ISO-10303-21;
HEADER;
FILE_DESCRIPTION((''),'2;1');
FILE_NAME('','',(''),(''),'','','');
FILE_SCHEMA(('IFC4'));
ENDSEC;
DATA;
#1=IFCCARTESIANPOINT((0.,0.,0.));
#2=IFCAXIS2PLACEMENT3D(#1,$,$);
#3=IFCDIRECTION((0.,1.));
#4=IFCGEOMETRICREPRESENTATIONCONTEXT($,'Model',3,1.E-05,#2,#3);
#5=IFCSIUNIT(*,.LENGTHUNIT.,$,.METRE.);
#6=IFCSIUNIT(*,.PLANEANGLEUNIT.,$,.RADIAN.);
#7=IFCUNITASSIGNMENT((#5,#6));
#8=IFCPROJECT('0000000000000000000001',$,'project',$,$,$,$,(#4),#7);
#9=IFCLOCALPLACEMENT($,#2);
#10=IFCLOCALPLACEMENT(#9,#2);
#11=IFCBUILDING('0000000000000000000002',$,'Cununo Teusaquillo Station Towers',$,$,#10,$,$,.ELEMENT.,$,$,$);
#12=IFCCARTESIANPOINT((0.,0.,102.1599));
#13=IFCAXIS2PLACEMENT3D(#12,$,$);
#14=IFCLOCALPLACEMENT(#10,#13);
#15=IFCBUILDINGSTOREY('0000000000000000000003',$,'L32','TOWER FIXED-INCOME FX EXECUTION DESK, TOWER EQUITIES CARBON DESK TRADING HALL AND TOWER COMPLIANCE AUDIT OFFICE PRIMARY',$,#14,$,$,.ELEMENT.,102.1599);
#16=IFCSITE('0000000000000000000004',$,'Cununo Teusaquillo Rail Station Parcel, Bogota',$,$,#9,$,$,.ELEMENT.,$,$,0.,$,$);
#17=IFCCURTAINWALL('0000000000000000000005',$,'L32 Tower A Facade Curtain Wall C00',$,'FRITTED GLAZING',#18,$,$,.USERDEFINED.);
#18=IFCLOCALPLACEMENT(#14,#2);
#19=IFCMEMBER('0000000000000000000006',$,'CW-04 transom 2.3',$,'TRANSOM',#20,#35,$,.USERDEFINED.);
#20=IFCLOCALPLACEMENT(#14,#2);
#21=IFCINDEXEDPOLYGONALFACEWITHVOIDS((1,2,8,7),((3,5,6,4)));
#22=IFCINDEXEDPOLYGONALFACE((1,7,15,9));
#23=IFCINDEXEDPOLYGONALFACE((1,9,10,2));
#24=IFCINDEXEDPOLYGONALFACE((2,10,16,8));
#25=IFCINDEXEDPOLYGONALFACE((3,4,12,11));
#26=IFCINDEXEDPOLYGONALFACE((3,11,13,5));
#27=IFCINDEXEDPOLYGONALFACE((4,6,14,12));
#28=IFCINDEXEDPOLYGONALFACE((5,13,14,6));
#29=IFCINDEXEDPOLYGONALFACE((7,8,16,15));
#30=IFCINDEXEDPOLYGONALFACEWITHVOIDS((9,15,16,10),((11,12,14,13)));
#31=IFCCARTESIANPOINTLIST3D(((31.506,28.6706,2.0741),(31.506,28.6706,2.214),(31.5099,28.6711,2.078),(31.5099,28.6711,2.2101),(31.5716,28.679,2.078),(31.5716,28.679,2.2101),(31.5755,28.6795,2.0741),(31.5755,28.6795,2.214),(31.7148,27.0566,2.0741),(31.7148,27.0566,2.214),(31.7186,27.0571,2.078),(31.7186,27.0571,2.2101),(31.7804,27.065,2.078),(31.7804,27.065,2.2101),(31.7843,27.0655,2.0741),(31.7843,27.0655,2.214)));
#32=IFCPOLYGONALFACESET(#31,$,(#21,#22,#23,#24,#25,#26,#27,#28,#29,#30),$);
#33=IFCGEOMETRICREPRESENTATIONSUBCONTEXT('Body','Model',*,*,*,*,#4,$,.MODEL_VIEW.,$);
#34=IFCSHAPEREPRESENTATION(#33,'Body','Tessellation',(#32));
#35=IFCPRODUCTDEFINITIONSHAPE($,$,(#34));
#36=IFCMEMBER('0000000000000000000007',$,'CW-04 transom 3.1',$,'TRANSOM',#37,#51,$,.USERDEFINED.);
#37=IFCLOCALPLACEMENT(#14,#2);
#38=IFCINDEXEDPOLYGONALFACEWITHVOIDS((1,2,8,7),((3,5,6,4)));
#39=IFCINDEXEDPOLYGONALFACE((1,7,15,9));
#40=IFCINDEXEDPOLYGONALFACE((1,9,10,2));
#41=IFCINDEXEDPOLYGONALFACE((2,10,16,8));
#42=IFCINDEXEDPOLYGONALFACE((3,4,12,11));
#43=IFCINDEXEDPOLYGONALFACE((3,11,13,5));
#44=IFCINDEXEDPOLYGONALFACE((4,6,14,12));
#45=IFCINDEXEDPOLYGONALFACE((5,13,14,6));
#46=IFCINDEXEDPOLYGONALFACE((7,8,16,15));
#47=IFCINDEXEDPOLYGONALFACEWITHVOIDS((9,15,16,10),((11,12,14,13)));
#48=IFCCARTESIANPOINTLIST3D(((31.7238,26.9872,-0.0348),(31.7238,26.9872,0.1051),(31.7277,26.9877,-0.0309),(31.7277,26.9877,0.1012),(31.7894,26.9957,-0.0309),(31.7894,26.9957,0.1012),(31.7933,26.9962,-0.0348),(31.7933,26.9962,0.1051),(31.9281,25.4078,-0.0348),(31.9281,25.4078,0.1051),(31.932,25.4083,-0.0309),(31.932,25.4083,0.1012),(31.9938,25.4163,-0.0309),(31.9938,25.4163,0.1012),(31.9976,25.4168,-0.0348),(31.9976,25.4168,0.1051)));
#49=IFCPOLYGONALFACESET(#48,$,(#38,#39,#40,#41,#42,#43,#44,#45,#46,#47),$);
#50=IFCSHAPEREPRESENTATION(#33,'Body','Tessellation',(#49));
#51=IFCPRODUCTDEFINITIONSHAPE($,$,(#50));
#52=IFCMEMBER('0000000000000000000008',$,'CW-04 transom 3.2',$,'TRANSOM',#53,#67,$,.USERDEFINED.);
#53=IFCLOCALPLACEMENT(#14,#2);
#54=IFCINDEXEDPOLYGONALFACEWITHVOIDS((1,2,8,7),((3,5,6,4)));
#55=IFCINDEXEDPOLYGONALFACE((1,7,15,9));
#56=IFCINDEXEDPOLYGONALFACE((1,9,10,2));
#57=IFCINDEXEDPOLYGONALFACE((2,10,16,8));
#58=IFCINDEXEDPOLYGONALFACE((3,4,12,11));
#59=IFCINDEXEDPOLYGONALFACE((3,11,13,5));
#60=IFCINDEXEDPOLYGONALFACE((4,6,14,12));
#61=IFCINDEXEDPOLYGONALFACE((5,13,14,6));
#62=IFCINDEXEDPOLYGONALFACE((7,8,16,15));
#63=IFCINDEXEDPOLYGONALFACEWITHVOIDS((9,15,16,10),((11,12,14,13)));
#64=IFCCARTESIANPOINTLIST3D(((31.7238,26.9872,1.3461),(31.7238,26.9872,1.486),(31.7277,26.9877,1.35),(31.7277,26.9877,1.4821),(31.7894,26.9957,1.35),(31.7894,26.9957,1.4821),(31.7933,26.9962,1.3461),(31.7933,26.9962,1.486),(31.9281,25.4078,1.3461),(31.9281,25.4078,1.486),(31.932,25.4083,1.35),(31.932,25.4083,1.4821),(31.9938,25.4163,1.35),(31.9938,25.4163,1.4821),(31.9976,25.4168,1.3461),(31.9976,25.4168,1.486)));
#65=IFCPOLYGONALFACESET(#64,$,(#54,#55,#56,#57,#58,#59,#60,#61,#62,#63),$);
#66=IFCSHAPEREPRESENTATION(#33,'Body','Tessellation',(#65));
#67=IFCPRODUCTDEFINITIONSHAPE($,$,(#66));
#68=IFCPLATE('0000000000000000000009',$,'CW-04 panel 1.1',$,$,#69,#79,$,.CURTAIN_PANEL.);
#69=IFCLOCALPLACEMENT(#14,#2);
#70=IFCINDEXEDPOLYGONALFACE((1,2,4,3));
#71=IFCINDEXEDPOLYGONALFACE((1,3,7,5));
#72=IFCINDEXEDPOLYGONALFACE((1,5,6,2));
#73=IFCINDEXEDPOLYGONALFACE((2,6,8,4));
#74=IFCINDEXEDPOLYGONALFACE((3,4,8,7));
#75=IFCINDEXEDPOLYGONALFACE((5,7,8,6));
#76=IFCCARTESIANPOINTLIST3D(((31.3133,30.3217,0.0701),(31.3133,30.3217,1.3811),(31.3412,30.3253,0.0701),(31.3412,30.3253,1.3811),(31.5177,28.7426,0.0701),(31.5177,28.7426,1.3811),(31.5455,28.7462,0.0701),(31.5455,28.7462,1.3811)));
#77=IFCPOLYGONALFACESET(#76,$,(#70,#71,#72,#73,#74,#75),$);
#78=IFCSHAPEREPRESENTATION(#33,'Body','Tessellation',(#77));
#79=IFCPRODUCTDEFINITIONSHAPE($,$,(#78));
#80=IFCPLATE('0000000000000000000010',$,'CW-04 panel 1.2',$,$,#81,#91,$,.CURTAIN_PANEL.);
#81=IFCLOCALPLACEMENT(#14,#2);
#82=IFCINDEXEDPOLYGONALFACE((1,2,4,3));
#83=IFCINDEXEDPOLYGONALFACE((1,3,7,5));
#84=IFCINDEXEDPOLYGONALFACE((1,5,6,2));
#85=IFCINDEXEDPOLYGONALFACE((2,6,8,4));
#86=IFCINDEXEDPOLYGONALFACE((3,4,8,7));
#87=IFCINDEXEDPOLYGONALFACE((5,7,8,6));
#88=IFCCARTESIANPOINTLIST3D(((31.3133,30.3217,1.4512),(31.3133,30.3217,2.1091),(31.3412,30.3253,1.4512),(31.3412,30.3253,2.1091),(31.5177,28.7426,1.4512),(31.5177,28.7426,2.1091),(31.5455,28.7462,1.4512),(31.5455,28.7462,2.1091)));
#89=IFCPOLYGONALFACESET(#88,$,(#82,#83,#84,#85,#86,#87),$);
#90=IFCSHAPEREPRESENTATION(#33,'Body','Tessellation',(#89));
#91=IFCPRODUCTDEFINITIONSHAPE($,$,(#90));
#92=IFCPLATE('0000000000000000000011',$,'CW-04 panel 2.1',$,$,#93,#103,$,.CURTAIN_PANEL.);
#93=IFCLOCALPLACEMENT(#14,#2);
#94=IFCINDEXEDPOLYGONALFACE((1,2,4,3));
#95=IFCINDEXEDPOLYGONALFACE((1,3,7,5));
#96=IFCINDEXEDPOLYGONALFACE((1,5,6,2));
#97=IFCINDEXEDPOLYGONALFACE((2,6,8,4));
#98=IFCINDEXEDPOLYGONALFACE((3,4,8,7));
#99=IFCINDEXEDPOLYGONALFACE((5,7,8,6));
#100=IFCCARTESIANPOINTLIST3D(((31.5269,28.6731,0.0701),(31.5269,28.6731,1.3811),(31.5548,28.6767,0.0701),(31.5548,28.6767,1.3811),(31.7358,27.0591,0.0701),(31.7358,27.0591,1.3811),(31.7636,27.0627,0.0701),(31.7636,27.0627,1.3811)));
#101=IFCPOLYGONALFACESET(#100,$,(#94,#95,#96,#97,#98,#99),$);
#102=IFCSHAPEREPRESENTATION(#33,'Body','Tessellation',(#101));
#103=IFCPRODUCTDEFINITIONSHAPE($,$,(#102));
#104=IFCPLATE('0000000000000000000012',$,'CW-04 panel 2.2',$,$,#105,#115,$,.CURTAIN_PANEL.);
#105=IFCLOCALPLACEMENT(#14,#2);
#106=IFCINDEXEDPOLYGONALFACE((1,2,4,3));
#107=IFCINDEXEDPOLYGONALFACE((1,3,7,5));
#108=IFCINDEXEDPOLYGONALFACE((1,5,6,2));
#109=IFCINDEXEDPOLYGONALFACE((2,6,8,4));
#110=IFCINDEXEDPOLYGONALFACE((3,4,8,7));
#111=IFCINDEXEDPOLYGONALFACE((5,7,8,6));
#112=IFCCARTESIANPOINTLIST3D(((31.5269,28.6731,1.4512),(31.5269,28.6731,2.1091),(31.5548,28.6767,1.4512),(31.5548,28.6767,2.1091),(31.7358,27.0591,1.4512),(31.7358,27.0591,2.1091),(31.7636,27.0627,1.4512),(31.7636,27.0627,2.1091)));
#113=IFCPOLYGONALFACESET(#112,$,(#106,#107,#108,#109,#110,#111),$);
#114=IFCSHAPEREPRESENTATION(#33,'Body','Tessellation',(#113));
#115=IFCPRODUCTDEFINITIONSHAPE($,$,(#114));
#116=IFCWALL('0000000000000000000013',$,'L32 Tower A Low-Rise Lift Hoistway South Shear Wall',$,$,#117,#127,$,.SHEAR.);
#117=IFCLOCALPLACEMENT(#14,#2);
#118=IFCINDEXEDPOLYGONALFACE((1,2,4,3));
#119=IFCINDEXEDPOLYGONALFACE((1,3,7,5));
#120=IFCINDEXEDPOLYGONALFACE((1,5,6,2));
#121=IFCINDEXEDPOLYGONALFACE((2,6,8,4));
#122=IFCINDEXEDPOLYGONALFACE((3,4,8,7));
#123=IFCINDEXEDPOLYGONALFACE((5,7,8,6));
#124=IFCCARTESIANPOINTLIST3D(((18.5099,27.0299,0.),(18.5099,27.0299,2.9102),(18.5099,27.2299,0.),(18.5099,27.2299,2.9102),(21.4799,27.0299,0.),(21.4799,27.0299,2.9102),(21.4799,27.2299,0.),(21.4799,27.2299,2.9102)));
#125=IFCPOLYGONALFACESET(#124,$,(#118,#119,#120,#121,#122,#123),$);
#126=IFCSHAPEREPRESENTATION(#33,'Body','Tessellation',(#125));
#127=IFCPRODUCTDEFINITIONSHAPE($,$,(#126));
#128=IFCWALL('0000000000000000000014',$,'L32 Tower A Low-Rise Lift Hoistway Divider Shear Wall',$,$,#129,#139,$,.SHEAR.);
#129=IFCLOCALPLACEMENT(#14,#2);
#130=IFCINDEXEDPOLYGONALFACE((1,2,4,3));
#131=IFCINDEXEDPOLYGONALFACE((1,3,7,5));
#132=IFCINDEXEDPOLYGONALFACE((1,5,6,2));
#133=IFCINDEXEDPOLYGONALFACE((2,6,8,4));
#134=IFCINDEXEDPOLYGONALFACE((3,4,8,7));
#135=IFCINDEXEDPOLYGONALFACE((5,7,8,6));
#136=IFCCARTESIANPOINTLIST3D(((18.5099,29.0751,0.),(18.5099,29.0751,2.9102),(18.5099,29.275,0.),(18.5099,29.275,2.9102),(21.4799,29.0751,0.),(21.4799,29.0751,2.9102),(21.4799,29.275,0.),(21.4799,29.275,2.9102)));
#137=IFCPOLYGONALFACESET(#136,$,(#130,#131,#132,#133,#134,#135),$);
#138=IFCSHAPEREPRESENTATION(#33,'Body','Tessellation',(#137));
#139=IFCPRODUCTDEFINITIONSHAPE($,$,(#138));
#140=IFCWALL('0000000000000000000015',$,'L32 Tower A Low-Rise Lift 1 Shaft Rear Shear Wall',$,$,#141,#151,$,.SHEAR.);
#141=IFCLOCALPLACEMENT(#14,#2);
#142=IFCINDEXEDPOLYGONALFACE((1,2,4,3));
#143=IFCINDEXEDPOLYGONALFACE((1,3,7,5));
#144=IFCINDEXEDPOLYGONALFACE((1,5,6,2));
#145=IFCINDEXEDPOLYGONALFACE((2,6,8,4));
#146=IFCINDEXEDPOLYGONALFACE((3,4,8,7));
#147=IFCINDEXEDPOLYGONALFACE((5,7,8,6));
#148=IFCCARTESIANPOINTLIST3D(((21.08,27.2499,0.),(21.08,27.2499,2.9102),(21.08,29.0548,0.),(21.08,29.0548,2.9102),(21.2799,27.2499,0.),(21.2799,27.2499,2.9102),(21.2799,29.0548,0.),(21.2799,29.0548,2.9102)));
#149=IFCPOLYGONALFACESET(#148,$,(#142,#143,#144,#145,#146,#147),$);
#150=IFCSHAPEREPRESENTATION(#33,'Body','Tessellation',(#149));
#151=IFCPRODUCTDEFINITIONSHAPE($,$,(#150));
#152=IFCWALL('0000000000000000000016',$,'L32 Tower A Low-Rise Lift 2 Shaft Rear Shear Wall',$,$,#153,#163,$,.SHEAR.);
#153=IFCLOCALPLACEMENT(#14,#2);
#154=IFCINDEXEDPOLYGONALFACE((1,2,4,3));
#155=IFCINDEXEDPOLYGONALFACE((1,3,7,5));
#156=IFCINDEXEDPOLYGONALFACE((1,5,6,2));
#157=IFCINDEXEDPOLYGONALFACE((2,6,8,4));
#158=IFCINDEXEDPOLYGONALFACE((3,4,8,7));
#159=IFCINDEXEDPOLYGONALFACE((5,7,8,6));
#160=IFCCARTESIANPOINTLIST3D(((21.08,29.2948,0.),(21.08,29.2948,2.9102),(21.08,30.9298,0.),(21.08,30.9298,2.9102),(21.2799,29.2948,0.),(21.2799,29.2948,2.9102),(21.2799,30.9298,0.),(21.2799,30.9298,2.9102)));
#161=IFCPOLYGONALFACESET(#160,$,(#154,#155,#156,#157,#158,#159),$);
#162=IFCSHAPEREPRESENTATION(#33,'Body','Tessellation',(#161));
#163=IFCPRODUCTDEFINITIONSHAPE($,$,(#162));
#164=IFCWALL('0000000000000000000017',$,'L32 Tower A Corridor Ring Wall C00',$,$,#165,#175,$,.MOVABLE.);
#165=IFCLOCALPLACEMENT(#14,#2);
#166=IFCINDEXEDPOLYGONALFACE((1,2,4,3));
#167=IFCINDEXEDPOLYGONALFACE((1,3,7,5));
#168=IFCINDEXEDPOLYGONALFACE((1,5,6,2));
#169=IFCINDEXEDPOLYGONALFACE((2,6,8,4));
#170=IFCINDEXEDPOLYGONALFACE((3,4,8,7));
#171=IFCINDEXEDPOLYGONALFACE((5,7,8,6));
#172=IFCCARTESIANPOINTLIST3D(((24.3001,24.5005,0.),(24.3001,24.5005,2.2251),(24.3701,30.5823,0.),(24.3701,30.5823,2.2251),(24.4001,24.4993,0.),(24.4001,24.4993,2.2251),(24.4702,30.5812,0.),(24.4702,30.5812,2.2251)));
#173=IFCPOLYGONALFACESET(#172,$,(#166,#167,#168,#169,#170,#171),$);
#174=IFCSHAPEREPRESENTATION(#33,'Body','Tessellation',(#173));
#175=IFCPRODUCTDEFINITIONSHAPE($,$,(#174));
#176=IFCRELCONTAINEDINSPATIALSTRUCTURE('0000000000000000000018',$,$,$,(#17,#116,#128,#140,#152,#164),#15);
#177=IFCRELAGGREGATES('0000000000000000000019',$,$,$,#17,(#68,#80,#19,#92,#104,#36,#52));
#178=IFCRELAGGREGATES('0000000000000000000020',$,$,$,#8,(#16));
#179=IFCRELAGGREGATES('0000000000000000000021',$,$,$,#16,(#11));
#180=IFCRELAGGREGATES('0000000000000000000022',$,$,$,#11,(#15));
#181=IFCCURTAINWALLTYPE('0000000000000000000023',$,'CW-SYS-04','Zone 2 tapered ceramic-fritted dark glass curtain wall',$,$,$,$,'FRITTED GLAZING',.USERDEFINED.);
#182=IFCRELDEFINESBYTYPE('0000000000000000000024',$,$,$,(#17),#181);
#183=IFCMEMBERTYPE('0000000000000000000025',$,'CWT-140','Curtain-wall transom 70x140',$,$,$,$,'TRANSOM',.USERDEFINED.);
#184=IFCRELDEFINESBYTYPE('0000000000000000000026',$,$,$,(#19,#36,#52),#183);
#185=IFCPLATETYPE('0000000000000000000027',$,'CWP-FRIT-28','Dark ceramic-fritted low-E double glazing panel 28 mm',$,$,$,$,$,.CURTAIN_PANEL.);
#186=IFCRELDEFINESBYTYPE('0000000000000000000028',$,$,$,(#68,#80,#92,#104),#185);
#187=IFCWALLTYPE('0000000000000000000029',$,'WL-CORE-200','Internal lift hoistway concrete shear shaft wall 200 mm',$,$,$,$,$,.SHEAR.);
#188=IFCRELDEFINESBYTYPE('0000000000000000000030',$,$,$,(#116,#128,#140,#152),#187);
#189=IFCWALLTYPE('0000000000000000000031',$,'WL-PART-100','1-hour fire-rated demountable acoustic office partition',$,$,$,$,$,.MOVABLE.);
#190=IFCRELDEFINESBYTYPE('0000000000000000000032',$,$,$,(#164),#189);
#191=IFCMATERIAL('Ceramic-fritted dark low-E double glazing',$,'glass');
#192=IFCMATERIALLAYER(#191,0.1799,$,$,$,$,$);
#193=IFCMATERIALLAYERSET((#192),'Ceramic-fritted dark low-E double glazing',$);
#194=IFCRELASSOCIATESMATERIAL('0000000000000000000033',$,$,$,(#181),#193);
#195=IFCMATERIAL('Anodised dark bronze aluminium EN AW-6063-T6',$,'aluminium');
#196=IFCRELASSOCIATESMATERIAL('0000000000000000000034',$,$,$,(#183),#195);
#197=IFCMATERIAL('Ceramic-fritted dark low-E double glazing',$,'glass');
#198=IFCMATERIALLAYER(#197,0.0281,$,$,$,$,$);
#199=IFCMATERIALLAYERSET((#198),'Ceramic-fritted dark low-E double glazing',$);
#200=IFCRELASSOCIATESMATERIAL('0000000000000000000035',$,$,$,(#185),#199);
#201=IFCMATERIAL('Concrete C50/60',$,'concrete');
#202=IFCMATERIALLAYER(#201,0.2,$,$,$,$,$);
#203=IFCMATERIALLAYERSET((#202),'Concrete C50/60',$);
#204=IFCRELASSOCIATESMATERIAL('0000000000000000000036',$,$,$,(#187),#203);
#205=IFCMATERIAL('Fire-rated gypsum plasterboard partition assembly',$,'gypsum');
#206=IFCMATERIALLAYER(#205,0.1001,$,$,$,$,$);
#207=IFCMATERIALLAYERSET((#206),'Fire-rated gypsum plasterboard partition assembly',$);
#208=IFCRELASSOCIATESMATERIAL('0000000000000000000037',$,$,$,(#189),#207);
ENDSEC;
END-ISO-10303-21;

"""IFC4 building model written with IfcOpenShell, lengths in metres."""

from ifc_helpers import new_model, si_unit, direction, frame, frame_2d, origin, origin_2d, place, context, subcontext, project, spatial, rectangle, hollow_rectangle, extrude, source, transform, mapped, material, layer, layer_set, material_profile, profile_set, type_object, element, aggregate, save


model = new_model("IFC4")

# Units and contexts
model_context = context("Model", 3, precision=1e-05, world=origin(), true_north=direction((0.0, 1.0)))
body_context = subcontext(model_context, "Body", "Model", "MODEL_VIEW")
ifc_project = project(units=[si_unit("LENGTHUNIT", "METRE"), si_unit("PLANEANGLEUNIT", "RADIAN")], contexts=[model_context])

# Site, building, storey
site_placement = place(None, origin())
site = spatial("IfcSite", under=ifc_project, at=site_placement, Name="Cununo Teusaquillo Rail Station Parcel, Bogota", CompositionType="ELEMENT", RefElevation=0.0)
building_placement = place(site_placement, origin())
building = spatial("IfcBuilding", under=site, at=building_placement, Name="Cununo Teusaquillo Station Towers", CompositionType="ELEMENT")
storey_placement = place(building_placement, frame((0.0, 0.0, 102.1599)))
storey = spatial("IfcBuildingStorey", under=building, at=storey_placement, Name="L32", Description="TOWER FIXED-INCOME FX EXECUTION DESK, TOWER EQUITIES CARBON DESK TRADING HALL AND TOWER COMPLIANCE AUDIT OFFICE PRIMARY", CompositionType="ELEMENT", Elevation=102.1599)

# Curtain wall, members, plates
ifc_material_1 = material(Name="Ceramic-fritted dark low-E double glazing", Category="glass")
ifc_layer_1 = layer(ifc_material_1, 0.1799)
ifc_layer_set_1 = layer_set([ifc_layer_1], Name="Ceramic-fritted dark low-E double glazing")
curtain_wall_type = type_object("IfcCurtainWallType", Name="CW-SYS-04", Description="Zone 2 tapered ceramic-fritted dark glass curtain wall", ElementType="FRITTED GLAZING", PredefinedType="USERDEFINED", material=ifc_layer_set_1)
curtain_wall_placement = place(storey_placement, origin())
curtain_wall = element("IfcCurtainWall", 1, at=curtain_wall_placement, inside=storey, type_object=curtain_wall_type, Name="L32 Tower A Facade Curtain Wall C00", ObjectType="FRITTED GLAZING", PredefinedType="USERDEFINED")
ifc_material_2 = material(Name="Anodised dark bronze aluminium EN AW-6063-T6", Category="aluminium")
ifc_material_profile_1 = material_profile(ifc_material_2, hollow_rectangle(XDim=0.0701, YDim=0.1399, WallThickness=0.0039, at=origin_2d()), Name="CW-TRAN-70x140")
ifc_profile_set_1 = profile_set([ifc_material_profile_1], Name="Anodised dark bronze aluminium EN AW-6063-T6")
member_type_1 = type_object("IfcMemberType", Name="CWT-140", Description="Curtain-wall transom 70x140", ElementType="TRANSOM", PredefinedType="USERDEFINED", material=ifc_profile_set_1)
member_1_placement = place(storey_placement, frame((31.5408, 28.675, 2.144), z_axis=(0.128262, -0.99174, 0.0), x_axis=(0.99174, 0.128262, 0.0)))
member_1 = element("IfcMember", 2, at=member_1_placement, type_object=member_type_1, Name="CW-04 transom 2.3", ObjectType="TRANSOM", PredefinedType="USERDEFINED", context=body_context, shape_type="SweptSolid", body=[
    extrude(hollow_rectangle(XDim=0.0701, YDim=0.1399, WallThickness=0.0039, at=origin_2d()), origin(), (0.0, 0.0, 1.0), 1.6274),
])
member_2_placement = place(storey_placement, frame((31.7585, 26.9917, 0.0352), z_axis=(0.128317, -0.991733, 0.0), x_axis=(0.991733, 0.128317, 0.0)))
member_2 = element("IfcMember", 3, at=member_2_placement, type_object=member_type_1, Name="CW-04 transom 3.1", ObjectType="TRANSOM", PredefinedType="USERDEFINED", context=body_context, shape_type="SweptSolid", body=[
    extrude(hollow_rectangle(XDim=0.0701, YDim=0.1399, WallThickness=0.0039, at=origin_2d()), origin(), (0.0, 0.0, 1.0), 1.5925),
])
member_3_placement = place(storey_placement, frame((31.7585, 26.9917, 1.416), z_axis=(0.128317, -0.991733, 0.0), x_axis=(0.991733, 0.128317, 0.0)))
member_3 = element("IfcMember", 4, at=member_3_placement, type_object=member_type_1, Name="CW-04 transom 3.2", ObjectType="TRANSOM", PredefinedType="USERDEFINED", context=body_context, shape_type="SweptSolid", body=[
    extrude(hollow_rectangle(XDim=0.0701, YDim=0.1399, WallThickness=0.0039, at=origin_2d()), origin(), (0.0, 0.0, 1.0), 1.5925),
])
ifc_material_3 = material(Name="Ceramic-fritted dark low-E double glazing", Category="glass")
ifc_layer_2 = layer(ifc_material_3, 0.0281)
ifc_layer_set_2 = layer_set([ifc_layer_2], Name="Ceramic-fritted dark low-E double glazing")
plate_type = type_object("IfcPlateType", Name="CWP-FRIT-28", Description="Dark ceramic-fritted low-E double glazing panel 28 mm", PredefinedType="CURTAIN_PANEL", material=ifc_layer_set_2)
shared_shape_1 = source(origin(), body_context, "Body", "SweptSolid", [
    extrude(rectangle(XDim=1.5923, YDim=0.0281, at=origin_2d()), origin(), (0.0, 0.0, 1.0), 1.311),
])
plate_1_placement = place(storey_placement, frame((31.4294, 29.5339, 0.0701), z_axis=(0.0, 0.0, 1.0), x_axis=(0.128336, -0.991731, 0.0)))
plate_1 = element("IfcPlate", 5, at=plate_1_placement, type_object=plate_type, Name="CW-04 panel 1.1", PredefinedType="CURTAIN_PANEL", context=body_context, shape_type="MappedRepresentation", body=[
    mapped(shared_shape_1, transform((0.0, 0.0, 0.0), x_axis=(1.0, 0.0, 0.0), y_axis=(0.0, 1.0, 0.0), z_axis=(0.0, 0.0, 1.0), scale=1.0)),
])
shared_shape_2 = source(origin(), body_context, "Body", "SweptSolid", [
    extrude(rectangle(XDim=1.5923, YDim=0.0281, at=origin_2d()), origin(), (0.0, 0.0, 1.0), 0.658),
])
plate_2_placement = place(storey_placement, frame((31.4294, 29.5339, 1.4512), z_axis=(0.0, 0.0, 1.0), x_axis=(0.128336, -0.991731, 0.0)))
plate_2 = element("IfcPlate", 6, at=plate_2_placement, type_object=plate_type, Name="CW-04 panel 1.2", PredefinedType="CURTAIN_PANEL", context=body_context, shape_type="MappedRepresentation", body=[
    mapped(shared_shape_2, transform((0.0, 0.0, 0.0), x_axis=(1.0, 0.0, 0.0), y_axis=(0.0, 1.0, 0.0), z_axis=(0.0, 0.0, 1.0), scale=1.0)),
])
shared_shape_3 = source(origin(), body_context, "Body", "SweptSolid", [
    extrude(rectangle(XDim=1.6274, YDim=0.0281, at=origin_2d()), origin(), (0.0, 0.0, 1.0), 1.311),
])
plate_3_placement = place(storey_placement, frame((31.6453, 27.8679, 0.0701), z_axis=(0.0, 0.0, 1.0), x_axis=(0.128336, -0.991731, 0.0)))
plate_3 = element("IfcPlate", 7, at=plate_3_placement, type_object=plate_type, Name="CW-04 panel 2.1", PredefinedType="CURTAIN_PANEL", context=body_context, shape_type="MappedRepresentation", body=[
    mapped(shared_shape_3, transform((0.0, 0.0, 0.0), x_axis=(1.0, 0.0, 0.0), y_axis=(0.0, 1.0, 0.0), z_axis=(0.0, 0.0, 1.0), scale=1.0)),
])
shared_shape_4 = source(origin(), body_context, "Body", "SweptSolid", [
    extrude(rectangle(XDim=1.6274, YDim=0.0281, at=origin_2d()), origin(), (0.0, 0.0, 1.0), 0.658),
])
plate_4_placement = place(storey_placement, frame((31.6453, 27.8679, 1.4512), z_axis=(0.0, 0.0, 1.0), x_axis=(0.128336, -0.991731, 0.0)))
plate_4 = element("IfcPlate", 8, at=plate_4_placement, type_object=plate_type, Name="CW-04 panel 2.2", PredefinedType="CURTAIN_PANEL", context=body_context, shape_type="MappedRepresentation", body=[
    mapped(shared_shape_4, transform((0.0, 0.0, 0.0), x_axis=(1.0, 0.0, 0.0), y_axis=(0.0, 1.0, 0.0), z_axis=(0.0, 0.0, 1.0), scale=1.0)),
])
aggregate(curtain_wall, [plate_1, plate_2, member_1, plate_3, plate_4, member_2, member_3])

# Walls
ifc_material_4 = material(Name="Concrete C50/60", Category="concrete")
ifc_layer_3 = layer(ifc_material_4, 0.2)
ifc_layer_set_3 = layer_set([ifc_layer_3], Name="Concrete C50/60")
wall_type_1 = type_object("IfcWallType", Name="WL-CORE-200", Description="Internal lift hoistway concrete shear shaft wall 200 mm", PredefinedType="SHEAR", material=ifc_layer_set_3)
for number, where, z_axis, x_axis, name in (
    (9, (18.51, 27.1299, 0.0), (0.0, 0.0, 1.0), (1.0, 0.0, 0.0), "L32 Tower A Low-Rise Lift Hoistway South Shear Wall"),
    (10, (18.51, 29.175, 0.0), (0.0, 0.0, 1.0), (1.0, 0.0, 0.0), "L32 Tower A Low-Rise Lift Hoistway Divider Shear Wall"),
):
    element("IfcWall", number, at=place(storey_placement, frame(where, z_axis=z_axis, x_axis=x_axis)), inside=storey, type_object=wall_type_1, Name=name, PredefinedType="SHEAR", context=body_context, shape_type="SweptSolid", body=[
        extrude(rectangle(XDim=2.97, YDim=0.2, at=frame_2d((1.4849, 0.0))), origin(), (0.0, 0.0, 1.0), 2.9102),
    ])
wall_1_placement = place(storey_placement, frame((21.1799, 27.25, 0.0), z_axis=(0.0, 0.0, 1.0), x_axis=(0.0, 1.0, 0.0)))
element("IfcWall", 11, at=wall_1_placement, inside=storey, type_object=wall_type_1, Name="L32 Tower A Low-Rise Lift 1 Shaft Rear Shear Wall", PredefinedType="SHEAR", context=body_context, shape_type="SweptSolid", body=[
    extrude(rectangle(XDim=1.8049, YDim=0.2, at=frame_2d((0.9023, 0.0))), origin(), (0.0, 0.0, 1.0), 2.9102),
])
wall_2_placement = place(storey_placement, frame((21.1799, 29.2949, 0.0), z_axis=(0.0, 0.0, 1.0), x_axis=(0.0, 1.0, 0.0)))
element("IfcWall", 12, at=wall_2_placement, inside=storey, type_object=wall_type_1, Name="L32 Tower A Low-Rise Lift 2 Shaft Rear Shear Wall", PredefinedType="SHEAR", context=body_context, shape_type="SweptSolid", body=[
    extrude(rectangle(XDim=1.635, YDim=0.2, at=frame_2d((0.8174, 0.0))), origin(), (0.0, 0.0, 1.0), 2.9102),
])
ifc_material_5 = material(Name="Fire-rated gypsum plasterboard partition assembly", Category="gypsum")
ifc_layer_4 = layer(ifc_material_5, 0.1001)
ifc_layer_set_4 = layer_set([ifc_layer_4], Name="Fire-rated gypsum plasterboard partition assembly")
wall_type_2 = type_object("IfcWallType", Name="WL-PART-100", Description="1-hour fire-rated demountable acoustic office partition", PredefinedType="MOVABLE", material=ifc_layer_set_4)
wall_3_placement = place(storey_placement, frame((24.3501, 24.5, 0.0), z_axis=(0.0, 0.0, 1.0), x_axis=(0.01152, 0.999934, 0.0)))
element("IfcWall", 13, at=wall_3_placement, inside=storey, type_object=wall_type_2, Name="L32 Tower A Corridor Ring Wall C00", PredefinedType="MOVABLE", context=body_context, shape_type="SweptSolid", body=[
    extrude(rectangle(XDim=6.0823, YDim=0.1001, at=frame_2d((3.041, 0.0))), origin(), (0.0, 0.0, 1.0), 2.2251),
])

save(model, "model.ifc")
